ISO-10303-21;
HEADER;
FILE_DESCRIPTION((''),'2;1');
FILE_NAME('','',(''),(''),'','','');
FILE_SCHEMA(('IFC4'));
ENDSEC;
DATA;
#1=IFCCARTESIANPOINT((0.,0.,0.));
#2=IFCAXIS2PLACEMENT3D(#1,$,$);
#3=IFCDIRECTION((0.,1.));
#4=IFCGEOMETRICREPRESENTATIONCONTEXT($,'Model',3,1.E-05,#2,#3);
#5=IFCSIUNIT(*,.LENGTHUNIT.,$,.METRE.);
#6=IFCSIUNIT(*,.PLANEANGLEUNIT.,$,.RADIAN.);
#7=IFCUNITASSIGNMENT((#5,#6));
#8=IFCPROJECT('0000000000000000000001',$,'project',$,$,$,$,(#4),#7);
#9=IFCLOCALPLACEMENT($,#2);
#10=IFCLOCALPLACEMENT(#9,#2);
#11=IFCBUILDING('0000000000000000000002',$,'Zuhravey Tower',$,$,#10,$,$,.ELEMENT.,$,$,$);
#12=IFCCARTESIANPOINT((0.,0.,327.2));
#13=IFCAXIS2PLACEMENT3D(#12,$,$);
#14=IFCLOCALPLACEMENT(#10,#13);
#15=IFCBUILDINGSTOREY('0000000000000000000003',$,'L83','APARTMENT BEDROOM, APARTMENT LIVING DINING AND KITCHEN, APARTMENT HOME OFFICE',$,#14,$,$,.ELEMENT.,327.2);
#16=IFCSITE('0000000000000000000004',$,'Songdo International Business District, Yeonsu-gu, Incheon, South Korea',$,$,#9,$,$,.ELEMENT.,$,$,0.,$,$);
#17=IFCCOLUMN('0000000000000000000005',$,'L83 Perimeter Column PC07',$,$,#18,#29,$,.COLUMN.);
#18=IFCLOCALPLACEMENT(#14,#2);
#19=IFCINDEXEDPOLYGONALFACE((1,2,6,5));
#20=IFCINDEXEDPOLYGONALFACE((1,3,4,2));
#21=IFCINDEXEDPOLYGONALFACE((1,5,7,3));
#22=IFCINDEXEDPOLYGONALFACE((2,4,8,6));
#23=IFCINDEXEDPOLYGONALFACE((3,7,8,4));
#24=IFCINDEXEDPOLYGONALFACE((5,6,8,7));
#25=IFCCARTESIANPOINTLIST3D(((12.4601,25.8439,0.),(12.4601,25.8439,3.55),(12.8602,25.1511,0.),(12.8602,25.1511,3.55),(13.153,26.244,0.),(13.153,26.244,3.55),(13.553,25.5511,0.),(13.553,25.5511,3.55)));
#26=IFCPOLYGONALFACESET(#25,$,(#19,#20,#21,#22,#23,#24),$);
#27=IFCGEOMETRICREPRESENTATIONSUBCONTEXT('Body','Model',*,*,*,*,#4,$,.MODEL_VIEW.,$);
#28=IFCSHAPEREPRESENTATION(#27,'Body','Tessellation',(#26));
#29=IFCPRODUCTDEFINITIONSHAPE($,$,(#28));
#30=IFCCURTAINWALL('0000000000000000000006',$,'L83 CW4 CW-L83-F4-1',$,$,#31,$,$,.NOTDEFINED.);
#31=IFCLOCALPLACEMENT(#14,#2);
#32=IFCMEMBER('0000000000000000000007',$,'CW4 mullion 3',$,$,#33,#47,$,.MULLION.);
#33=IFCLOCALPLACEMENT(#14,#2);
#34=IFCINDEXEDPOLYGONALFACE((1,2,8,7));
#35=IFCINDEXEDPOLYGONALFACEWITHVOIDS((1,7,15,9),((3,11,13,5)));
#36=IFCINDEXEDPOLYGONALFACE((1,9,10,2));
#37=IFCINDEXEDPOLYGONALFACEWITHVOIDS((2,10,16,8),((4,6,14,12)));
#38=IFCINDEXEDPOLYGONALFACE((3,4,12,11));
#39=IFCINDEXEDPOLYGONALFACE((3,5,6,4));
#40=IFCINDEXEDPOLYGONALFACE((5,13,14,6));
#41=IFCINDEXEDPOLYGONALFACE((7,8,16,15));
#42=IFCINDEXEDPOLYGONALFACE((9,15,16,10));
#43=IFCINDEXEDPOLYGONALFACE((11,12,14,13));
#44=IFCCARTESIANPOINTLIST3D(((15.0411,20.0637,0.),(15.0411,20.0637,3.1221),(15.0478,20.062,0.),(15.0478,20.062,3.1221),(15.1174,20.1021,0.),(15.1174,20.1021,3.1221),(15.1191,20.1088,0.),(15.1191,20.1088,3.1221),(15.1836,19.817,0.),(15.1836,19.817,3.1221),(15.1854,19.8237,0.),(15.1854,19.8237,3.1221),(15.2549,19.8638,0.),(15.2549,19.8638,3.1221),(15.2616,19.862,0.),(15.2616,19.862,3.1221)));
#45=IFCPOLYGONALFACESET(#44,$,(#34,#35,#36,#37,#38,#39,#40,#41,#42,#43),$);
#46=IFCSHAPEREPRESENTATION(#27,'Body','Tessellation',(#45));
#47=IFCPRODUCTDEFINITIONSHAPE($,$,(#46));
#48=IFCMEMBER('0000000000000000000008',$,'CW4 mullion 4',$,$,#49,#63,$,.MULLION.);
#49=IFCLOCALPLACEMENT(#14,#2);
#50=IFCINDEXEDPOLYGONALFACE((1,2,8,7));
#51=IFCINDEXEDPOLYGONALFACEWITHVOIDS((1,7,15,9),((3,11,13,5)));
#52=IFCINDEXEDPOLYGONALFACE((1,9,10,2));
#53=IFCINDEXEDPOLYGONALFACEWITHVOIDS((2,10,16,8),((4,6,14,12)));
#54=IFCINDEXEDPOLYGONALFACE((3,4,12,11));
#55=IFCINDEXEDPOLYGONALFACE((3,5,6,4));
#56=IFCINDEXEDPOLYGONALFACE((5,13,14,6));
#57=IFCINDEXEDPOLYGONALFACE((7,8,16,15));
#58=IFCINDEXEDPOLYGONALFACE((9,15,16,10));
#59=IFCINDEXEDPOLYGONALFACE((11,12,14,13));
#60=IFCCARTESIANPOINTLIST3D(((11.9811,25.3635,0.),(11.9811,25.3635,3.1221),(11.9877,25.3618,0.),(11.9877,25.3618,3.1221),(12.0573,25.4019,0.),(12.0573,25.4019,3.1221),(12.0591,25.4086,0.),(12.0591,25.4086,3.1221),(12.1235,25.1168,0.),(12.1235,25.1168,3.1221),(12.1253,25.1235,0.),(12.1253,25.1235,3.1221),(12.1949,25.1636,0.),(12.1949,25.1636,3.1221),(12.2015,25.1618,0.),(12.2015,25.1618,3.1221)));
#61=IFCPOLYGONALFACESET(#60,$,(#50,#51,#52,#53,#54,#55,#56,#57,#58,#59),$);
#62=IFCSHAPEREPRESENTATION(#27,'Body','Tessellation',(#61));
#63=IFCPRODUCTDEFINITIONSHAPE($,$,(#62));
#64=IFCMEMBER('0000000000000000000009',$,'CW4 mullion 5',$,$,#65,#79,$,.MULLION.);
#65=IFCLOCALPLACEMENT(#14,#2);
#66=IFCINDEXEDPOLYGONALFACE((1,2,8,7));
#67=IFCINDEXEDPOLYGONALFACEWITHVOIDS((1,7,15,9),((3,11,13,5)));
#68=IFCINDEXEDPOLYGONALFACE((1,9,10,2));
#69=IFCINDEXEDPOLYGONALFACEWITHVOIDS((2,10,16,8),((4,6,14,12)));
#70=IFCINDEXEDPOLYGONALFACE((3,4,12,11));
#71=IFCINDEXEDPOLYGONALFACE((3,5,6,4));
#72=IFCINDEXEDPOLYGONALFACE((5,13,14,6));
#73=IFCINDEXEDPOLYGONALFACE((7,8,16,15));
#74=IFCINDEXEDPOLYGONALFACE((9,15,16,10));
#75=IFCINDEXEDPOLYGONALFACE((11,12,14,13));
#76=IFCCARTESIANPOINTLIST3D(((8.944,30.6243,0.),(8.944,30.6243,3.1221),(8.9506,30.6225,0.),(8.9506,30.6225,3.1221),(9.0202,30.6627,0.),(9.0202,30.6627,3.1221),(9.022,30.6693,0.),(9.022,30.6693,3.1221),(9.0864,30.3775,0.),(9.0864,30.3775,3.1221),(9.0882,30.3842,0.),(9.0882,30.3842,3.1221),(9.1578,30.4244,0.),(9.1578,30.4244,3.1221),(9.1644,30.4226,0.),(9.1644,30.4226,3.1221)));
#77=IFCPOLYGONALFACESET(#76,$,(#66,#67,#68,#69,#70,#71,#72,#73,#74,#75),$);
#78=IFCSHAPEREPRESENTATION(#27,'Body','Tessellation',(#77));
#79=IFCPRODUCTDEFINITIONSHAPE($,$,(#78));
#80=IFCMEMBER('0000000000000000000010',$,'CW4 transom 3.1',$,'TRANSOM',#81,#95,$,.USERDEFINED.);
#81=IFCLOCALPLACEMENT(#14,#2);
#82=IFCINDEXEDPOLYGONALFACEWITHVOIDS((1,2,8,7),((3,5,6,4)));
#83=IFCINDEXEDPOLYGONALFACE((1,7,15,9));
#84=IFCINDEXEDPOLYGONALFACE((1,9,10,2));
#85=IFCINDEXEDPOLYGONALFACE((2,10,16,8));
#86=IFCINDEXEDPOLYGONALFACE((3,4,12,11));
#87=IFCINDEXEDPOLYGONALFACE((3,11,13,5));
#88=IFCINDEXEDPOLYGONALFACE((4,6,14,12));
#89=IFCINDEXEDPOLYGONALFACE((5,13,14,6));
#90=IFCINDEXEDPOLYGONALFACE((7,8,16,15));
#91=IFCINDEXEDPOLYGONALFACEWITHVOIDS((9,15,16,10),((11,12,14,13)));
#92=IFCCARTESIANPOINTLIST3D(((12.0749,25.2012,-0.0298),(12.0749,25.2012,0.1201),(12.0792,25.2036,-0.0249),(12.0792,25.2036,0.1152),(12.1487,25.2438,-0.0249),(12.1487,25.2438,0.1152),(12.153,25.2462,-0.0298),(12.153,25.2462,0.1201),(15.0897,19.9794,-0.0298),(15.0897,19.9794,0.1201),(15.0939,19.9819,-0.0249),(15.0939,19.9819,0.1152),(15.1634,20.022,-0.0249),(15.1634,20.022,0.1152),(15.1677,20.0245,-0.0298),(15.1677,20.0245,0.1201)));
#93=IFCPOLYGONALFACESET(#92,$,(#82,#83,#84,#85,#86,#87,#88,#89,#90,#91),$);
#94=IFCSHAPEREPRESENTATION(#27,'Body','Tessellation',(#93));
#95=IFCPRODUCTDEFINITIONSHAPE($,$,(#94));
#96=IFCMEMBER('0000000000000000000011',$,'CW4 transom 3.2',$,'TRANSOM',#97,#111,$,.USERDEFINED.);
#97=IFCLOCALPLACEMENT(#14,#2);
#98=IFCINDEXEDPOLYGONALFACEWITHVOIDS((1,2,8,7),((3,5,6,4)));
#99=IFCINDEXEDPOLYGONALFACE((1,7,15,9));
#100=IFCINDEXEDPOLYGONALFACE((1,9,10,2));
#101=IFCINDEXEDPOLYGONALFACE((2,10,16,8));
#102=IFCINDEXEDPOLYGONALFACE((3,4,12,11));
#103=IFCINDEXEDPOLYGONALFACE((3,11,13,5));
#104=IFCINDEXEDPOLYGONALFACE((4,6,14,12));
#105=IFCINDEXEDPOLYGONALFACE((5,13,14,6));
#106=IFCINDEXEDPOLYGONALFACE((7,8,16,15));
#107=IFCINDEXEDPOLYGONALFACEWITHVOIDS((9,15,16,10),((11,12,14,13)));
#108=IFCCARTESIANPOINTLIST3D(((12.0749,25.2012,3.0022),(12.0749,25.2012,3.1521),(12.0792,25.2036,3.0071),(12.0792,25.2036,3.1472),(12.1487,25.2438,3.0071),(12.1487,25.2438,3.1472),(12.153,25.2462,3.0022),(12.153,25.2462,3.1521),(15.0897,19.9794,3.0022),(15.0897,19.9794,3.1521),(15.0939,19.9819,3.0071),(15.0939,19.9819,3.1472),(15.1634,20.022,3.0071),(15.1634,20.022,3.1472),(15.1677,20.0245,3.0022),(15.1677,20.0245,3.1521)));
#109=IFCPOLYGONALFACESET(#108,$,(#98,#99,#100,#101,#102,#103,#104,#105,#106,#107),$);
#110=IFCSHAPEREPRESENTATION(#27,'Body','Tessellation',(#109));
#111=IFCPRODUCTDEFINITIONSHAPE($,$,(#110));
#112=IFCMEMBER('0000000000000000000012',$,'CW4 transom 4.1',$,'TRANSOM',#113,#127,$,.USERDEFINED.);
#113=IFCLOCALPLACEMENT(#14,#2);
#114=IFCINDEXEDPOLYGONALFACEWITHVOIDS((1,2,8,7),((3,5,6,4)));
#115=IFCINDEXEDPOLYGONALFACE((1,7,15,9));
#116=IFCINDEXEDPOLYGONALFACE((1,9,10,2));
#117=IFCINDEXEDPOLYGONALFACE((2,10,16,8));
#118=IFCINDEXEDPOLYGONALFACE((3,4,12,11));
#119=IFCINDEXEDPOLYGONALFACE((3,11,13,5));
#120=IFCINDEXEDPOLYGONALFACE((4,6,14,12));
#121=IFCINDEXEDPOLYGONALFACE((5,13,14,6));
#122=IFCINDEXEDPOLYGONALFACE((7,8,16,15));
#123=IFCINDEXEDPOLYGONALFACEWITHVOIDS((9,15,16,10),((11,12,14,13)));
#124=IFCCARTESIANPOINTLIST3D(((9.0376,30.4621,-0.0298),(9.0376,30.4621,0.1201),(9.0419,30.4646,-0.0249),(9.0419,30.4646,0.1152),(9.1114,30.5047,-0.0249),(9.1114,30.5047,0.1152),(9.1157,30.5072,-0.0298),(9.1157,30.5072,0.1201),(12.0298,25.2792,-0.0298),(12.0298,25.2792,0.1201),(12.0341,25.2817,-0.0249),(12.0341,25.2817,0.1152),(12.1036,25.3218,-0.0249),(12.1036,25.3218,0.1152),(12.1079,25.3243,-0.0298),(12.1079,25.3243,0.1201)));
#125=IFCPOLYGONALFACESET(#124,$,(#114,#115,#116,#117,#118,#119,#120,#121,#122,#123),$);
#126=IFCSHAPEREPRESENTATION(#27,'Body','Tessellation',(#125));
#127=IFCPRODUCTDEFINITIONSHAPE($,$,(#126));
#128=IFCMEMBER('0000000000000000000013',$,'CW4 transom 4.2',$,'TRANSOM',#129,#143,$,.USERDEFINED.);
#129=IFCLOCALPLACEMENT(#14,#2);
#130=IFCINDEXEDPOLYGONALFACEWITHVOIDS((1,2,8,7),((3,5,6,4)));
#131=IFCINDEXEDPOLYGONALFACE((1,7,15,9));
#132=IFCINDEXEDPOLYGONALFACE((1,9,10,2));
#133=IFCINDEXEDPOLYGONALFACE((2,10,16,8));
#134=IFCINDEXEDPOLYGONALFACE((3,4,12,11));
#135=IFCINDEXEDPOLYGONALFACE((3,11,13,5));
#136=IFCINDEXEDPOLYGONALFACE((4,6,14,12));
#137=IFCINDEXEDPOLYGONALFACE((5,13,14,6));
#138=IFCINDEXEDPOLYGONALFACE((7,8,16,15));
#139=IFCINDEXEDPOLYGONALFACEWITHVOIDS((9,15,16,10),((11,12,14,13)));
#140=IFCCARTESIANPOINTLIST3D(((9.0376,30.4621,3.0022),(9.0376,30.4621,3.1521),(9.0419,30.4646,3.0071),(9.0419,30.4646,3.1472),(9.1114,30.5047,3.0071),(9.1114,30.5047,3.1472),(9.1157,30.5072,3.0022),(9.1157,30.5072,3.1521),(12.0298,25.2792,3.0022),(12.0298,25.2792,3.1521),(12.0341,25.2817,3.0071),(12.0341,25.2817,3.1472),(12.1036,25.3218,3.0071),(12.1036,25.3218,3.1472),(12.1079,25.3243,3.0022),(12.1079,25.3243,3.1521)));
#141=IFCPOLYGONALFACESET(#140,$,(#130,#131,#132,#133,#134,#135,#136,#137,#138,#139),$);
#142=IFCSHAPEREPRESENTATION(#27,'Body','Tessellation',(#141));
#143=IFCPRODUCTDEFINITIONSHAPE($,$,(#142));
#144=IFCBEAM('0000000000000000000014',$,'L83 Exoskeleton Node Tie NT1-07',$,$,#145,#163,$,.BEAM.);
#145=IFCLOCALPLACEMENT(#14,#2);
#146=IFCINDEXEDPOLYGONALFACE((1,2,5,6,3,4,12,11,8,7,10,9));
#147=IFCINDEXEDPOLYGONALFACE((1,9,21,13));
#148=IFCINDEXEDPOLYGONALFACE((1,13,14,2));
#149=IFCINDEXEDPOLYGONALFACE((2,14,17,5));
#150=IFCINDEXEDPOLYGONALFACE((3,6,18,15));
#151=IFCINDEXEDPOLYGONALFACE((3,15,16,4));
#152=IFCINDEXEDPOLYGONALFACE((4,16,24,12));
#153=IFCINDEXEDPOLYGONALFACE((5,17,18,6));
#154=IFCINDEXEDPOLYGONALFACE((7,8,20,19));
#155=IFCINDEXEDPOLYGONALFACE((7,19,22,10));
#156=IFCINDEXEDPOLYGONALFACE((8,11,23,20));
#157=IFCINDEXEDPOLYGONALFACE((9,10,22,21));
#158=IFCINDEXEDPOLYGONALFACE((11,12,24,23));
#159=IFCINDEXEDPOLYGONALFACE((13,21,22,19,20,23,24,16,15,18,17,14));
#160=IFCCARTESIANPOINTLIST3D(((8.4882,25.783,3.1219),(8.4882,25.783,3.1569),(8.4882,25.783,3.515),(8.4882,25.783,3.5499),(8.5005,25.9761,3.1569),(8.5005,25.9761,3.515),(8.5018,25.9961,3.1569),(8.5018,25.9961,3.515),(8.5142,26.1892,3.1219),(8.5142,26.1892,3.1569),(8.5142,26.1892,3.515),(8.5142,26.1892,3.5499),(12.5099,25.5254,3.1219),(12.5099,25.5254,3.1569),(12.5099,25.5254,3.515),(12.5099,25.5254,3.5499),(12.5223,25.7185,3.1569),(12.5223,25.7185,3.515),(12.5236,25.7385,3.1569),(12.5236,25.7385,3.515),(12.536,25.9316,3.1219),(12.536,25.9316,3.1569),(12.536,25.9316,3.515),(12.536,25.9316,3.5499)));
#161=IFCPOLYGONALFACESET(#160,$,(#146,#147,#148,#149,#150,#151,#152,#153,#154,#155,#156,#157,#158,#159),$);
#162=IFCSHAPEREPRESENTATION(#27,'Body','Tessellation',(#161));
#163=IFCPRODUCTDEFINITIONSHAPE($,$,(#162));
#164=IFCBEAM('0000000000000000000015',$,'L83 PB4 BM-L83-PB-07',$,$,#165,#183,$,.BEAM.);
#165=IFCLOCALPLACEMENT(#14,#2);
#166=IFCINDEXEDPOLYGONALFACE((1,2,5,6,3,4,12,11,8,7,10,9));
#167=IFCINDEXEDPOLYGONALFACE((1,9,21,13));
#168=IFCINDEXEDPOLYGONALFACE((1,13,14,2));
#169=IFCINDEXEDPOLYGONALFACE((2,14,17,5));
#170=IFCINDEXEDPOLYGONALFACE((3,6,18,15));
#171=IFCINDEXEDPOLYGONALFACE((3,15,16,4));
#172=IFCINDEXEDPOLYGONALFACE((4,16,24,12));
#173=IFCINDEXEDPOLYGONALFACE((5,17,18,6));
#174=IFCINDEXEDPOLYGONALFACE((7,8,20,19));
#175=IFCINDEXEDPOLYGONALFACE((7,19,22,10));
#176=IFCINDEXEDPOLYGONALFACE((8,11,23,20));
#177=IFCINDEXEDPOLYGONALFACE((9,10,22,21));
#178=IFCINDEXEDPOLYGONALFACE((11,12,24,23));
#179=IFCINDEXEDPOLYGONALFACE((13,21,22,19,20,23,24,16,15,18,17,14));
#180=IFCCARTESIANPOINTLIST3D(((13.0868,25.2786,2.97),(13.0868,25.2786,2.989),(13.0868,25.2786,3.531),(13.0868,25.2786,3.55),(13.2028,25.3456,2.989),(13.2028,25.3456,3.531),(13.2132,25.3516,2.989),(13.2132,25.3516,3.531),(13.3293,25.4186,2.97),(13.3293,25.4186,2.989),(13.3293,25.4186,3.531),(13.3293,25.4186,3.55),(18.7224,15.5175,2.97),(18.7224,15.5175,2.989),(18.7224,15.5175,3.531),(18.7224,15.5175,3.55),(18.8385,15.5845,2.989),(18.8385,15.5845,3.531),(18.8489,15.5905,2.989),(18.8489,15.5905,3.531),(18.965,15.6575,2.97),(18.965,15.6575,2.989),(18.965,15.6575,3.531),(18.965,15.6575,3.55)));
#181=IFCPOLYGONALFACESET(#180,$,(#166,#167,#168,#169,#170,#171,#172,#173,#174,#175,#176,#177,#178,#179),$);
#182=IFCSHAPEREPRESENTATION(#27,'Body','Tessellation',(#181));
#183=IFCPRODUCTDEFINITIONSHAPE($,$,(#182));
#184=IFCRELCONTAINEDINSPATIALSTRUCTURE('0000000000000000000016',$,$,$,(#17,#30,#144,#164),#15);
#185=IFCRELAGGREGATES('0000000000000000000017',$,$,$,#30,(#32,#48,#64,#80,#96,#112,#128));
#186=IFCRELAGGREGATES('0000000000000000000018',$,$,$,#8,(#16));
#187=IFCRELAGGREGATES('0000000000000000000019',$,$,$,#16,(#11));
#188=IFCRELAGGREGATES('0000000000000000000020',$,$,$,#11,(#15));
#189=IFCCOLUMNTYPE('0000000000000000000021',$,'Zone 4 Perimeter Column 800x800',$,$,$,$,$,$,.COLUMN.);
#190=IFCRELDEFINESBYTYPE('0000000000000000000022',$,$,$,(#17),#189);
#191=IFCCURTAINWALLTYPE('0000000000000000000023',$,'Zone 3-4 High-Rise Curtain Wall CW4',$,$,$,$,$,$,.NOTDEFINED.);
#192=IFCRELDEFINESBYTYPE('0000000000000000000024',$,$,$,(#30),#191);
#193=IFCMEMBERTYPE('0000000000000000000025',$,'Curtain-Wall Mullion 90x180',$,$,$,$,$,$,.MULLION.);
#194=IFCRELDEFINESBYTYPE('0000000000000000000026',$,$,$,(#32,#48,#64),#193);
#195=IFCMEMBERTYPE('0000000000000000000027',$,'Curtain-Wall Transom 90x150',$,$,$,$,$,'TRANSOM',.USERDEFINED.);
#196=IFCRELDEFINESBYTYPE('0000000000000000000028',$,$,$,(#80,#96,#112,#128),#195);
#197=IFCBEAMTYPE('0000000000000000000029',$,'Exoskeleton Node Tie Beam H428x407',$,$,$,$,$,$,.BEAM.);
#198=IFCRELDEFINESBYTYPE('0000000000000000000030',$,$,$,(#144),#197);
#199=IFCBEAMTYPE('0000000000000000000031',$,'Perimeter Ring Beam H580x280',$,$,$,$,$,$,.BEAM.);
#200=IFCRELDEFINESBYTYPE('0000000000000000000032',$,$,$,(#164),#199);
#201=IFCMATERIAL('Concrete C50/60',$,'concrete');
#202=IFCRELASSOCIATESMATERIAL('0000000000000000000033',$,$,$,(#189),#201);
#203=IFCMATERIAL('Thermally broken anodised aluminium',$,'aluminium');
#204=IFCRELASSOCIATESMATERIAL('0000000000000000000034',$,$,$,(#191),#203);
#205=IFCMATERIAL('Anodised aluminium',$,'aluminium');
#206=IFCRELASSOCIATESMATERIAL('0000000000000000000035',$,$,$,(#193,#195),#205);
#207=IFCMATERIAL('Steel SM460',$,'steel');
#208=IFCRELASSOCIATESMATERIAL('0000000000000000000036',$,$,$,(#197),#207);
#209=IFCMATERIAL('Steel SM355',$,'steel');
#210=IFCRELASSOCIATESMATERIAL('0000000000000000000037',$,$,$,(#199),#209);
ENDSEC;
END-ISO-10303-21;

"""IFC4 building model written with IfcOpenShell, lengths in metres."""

from ifc_helpers import new_model, si_unit, direction, frame, origin, origin_2d, place, context, subcontext, project, spatial, rectangle, hollow_rectangle, i_section, extrude, material, material_profile, profile_set, type_object, element, aggregate, save


model = new_model("IFC4")

# Units and contexts
model_context = context("Model", 3, precision=1e-05, world=origin(), true_north=direction((0.0, 1.0)))
body_context = subcontext(model_context, "Body", "Model", "MODEL_VIEW")
ifc_project = project(units=[si_unit("LENGTHUNIT", "METRE"), si_unit("PLANEANGLEUNIT", "RADIAN")], contexts=[model_context])

# Site, building, storey
site_placement = place(None, origin())
site = spatial("IfcSite", under=ifc_project, at=site_placement, Name="Songdo International Business District, Yeonsu-gu, Incheon, South Korea", CompositionType="ELEMENT", RefElevation=0.0)
building_placement = place(site_placement, origin())
building = spatial("IfcBuilding", under=site, at=building_placement, Name="Zuhravey Tower", CompositionType="ELEMENT")
storey_placement = place(building_placement, frame((0.0, 0.0, 327.2)))
storey = spatial("IfcBuildingStorey", under=building, at=storey_placement, Name="L83", Description="APARTMENT BEDROOM, APARTMENT LIVING DINING AND KITCHEN, APARTMENT HOME OFFICE", CompositionType="ELEMENT", Elevation=327.2)

# Column
ifc_material_1 = material(Name="Concrete C50/60", Category="concrete")
ifc_material_profile_1 = material_profile(ifc_material_1, rectangle(XDim=0.8, YDim=0.8, at=origin_2d()), Name="RC-800x800")
ifc_profile_set_1 = profile_set([ifc_material_profile_1], Name="Concrete C50/60")
column_type = type_object("IfcColumnType", Name="Zone 4 Perimeter Column 800x800", PredefinedType="COLUMN", material=ifc_profile_set_1)
column_placement = place(storey_placement, frame((13.0066, 25.6975, 0.0), z_axis=(0.0, 0.0, 1.0), x_axis=(0.5, -0.866025, 0.0)))
element("IfcColumn", 1, at=column_placement, inside=storey, type_object=column_type, Name="L83 Perimeter Column PC07", PredefinedType="COLUMN", context=body_context, shape_type="SweptSolid", body=[
    extrude(rectangle(XDim=0.8, YDim=0.8, at=origin_2d()), origin(), (0.0, 0.0, 1.0), 3.55),
])

# Curtain wall, members
ifc_material_2 = material(Name="Thermally broken anodised aluminium", Category="aluminium")
curtain_wall_type = type_object("IfcCurtainWallType", Name="Zone 3-4 High-Rise Curtain Wall CW4", PredefinedType="NOTDEFINED", material=ifc_material_2)
curtain_wall_placement = place(storey_placement, origin())
curtain_wall = element("IfcCurtainWall", 2, at=curtain_wall_placement, inside=storey, type_object=curtain_wall_type, Name="L83 CW4 CW-L83-F4-1", PredefinedType="NOTDEFINED")
ifc_material_3 = material(Name="Anodised aluminium", Category="aluminium")
ifc_material_profile_2 = material_profile(ifc_material_3, hollow_rectangle(XDim=0.0901, YDim=0.2849, WallThickness=0.0049, at=origin_2d()), Name="ALU-RHS-90x285x5")
ifc_profile_set_2 = profile_set([ifc_material_profile_2], Name="Anodised aluminium")
member_type_1 = type_object("IfcMemberType", Name="Curtain-Wall Mullion 90x180", PredefinedType="MULLION", material=ifc_profile_set_2)
member_1_placement = place(storey_placement, frame((15.1514, 19.9629, 0.0), z_axis=(0.0, 0.0, 1.0), x_axis=(-0.866026, -0.5, 0.0)))
member_1 = element("IfcMember", 3, at=member_1_placement, type_object=member_type_1, Name="CW4 mullion 3", PredefinedType="MULLION", context=body_context, shape_type="SweptSolid", body=[
    extrude(hollow_rectangle(XDim=0.0901, YDim=0.2849, WallThickness=0.0049, at=origin_2d()), origin(), (0.0, 0.0, 1.0), 3.1221),
])
member_2_placement = place(storey_placement, frame((12.0913, 25.2627, 0.0), z_axis=(0.0, 0.0, 1.0), x_axis=(-0.866026, -0.5, 0.0)))
member_2 = element("IfcMember", 4, at=member_2_placement, type_object=member_type_1, Name="CW4 mullion 4", PredefinedType="MULLION", context=body_context, shape_type="SweptSolid", body=[
    extrude(hollow_rectangle(XDim=0.0901, YDim=0.2849, WallThickness=0.0049, at=origin_2d()), origin(), (0.0, 0.0, 1.0), 3.1221),
])
member_3_placement = place(storey_placement, frame((9.0542, 30.5234, 0.0), z_axis=(0.0, 0.0, 1.0), x_axis=(-0.866026, -0.5, 0.0)))
member_3 = element("IfcMember", 5, at=member_3_placement, type_object=member_type_1, Name="CW4 mullion 5", PredefinedType="MULLION", context=body_context, shape_type="SweptSolid", body=[
    extrude(hollow_rectangle(XDim=0.0901, YDim=0.2849, WallThickness=0.0049, at=origin_2d()), origin(), (0.0, 0.0, 1.0), 3.1221),
])
ifc_material_profile_3 = material_profile(ifc_material_3, hollow_rectangle(XDim=0.0901, YDim=0.1499, WallThickness=0.0049, at=origin_2d()), Name="ALU-RHS-90x150x5")
ifc_profile_set_3 = profile_set([ifc_material_profile_3], Name="Anodised aluminium")
member_type_2 = type_object("IfcMemberType", Name="Curtain-Wall Transom 90x150", ElementType="TRANSOM", PredefinedType="USERDEFINED", material=ifc_profile_set_3)
member_4_placement = place(storey_placement, frame((15.1287, 20.002, 0.0452), z_axis=(-0.499989, 0.866032, 0.0), x_axis=(-0.866032, -0.499989, 0.0)))
member_4 = element("IfcMember", 6, at=member_4_placement, type_object=member_type_2, Name="CW4 transom 3.1", ObjectType="TRANSOM", PredefinedType="USERDEFINED", context=body_context, shape_type="SweptSolid", body=[
    extrude(hollow_rectangle(XDim=0.0901, YDim=0.1499, WallThickness=0.0049, at=origin_2d()), origin(), (0.0, 0.0, 1.0), 6.0295),
])
member_5_placement = place(storey_placement, frame((15.1287, 20.002, 3.0771), z_axis=(-0.499989, 0.866032, 0.0), x_axis=(-0.866032, -0.499989, 0.0)))
member_5 = element("IfcMember", 7, at=member_5_placement, type_object=member_type_2, Name="CW4 transom 3.2", ObjectType="TRANSOM", PredefinedType="USERDEFINED", context=body_context, shape_type="SweptSolid", body=[
    extrude(hollow_rectangle(XDim=0.0901, YDim=0.1499, WallThickness=0.0049, at=origin_2d()), origin(), (0.0, 0.0, 1.0), 6.0295),
])
member_6_placement = place(storey_placement, frame((12.0688, 25.3018, 0.0452), z_axis=(-0.499983, 0.866035, 0.0), x_axis=(-0.866035, -0.499983, 0.0)))
member_6 = element("IfcMember", 8, at=member_6_placement, type_object=member_type_2, Name="CW4 transom 4.1", ObjectType="TRANSOM", PredefinedType="USERDEFINED", context=body_context, shape_type="SweptSolid", body=[
    extrude(hollow_rectangle(XDim=0.0901, YDim=0.1499, WallThickness=0.0049, at=origin_2d()), origin(), (0.0, 0.0, 1.0), 5.9846),
])
member_7_placement = place(storey_placement, frame((12.0688, 25.3018, 3.0771), z_axis=(-0.499983, 0.866035, 0.0), x_axis=(-0.866035, -0.499983, 0.0)))
member_7 = element("IfcMember", 9, at=member_7_placement, type_object=member_type_2, Name="CW4 transom 4.2", ObjectType="TRANSOM", PredefinedType="USERDEFINED", context=body_context, shape_type="SweptSolid", body=[
    extrude(hollow_rectangle(XDim=0.0901, YDim=0.1499, WallThickness=0.0049, at=origin_2d()), origin(), (0.0, 0.0, 1.0), 5.9846),
])

# Beams
ifc_material_4 = material(Name="Steel SM460", Category="steel")
ifc_material_profile_4 = material_profile(ifc_material_4, i_section(OverallWidth=0.407, OverallDepth=0.428, WebThickness=0.02, FlangeThickness=0.0349, at=origin_2d()), Name="H-428x407x20x35")
ifc_profile_set_4 = profile_set([ifc_material_profile_4], Name="Steel SM460")
beam_type_1 = type_object("IfcBeamType", Name="Exoskeleton Node Tie Beam H428x407", PredefinedType="BEAM", material=ifc_profile_set_4)
beam_1_placement = place(storey_placement, frame((12.5229, 25.7285, 3.3359), z_axis=(-0.997955, 0.063913, 0.0), x_axis=(-0.063913, -0.997955, 0.0)))
element("IfcBeam", 10, at=beam_1_placement, inside=storey, type_object=beam_type_1, Name="L83 Exoskeleton Node Tie NT1-07", PredefinedType="BEAM", context=body_context, shape_type="SweptSolid", body=[
    extrude(i_section(OverallWidth=0.407, OverallDepth=0.428, WebThickness=0.02, FlangeThickness=0.0349, at=origin_2d()), origin(), (0.0, 0.0, 1.0), 4.03),
])
ifc_material_5 = material(Name="Steel SM355", Category="steel")
ifc_material_profile_5 = material_profile(ifc_material_5, i_section(OverallWidth=0.28, OverallDepth=0.5801, WebThickness=0.012, FlangeThickness=0.019, at=origin_2d()), Name="H-580x280x12x19")
ifc_profile_set_5 = profile_set([ifc_material_profile_5], Name="Steel SM355")
beam_type_2 = type_object("IfcBeamType", Name="Perimeter Ring Beam H580x280", PredefinedType="BEAM", material=ifc_profile_set_5)
beam_2_placement = place(storey_placement, frame((13.208, 25.3486, 3.26), z_axis=(0.500006, -0.866022, 0.0), x_axis=(0.866022, 0.500006, 0.0)))
element("IfcBeam", 11, at=beam_2_placement, inside=storey, type_object=beam_type_2, Name="L83 PB4 BM-L83-PB-07", PredefinedType="BEAM", context=body_context, shape_type="SweptSolid", body=[
    extrude(i_section(OverallWidth=0.28, OverallDepth=0.5801, WebThickness=0.012, FlangeThickness=0.019, at=origin_2d()), origin(), (0.0, 0.0, 1.0), 11.2712),
])

aggregate(curtain_wall, [member_1, member_2, member_3, member_4, member_5, member_6, member_7])

save(model, "model.ifc")
